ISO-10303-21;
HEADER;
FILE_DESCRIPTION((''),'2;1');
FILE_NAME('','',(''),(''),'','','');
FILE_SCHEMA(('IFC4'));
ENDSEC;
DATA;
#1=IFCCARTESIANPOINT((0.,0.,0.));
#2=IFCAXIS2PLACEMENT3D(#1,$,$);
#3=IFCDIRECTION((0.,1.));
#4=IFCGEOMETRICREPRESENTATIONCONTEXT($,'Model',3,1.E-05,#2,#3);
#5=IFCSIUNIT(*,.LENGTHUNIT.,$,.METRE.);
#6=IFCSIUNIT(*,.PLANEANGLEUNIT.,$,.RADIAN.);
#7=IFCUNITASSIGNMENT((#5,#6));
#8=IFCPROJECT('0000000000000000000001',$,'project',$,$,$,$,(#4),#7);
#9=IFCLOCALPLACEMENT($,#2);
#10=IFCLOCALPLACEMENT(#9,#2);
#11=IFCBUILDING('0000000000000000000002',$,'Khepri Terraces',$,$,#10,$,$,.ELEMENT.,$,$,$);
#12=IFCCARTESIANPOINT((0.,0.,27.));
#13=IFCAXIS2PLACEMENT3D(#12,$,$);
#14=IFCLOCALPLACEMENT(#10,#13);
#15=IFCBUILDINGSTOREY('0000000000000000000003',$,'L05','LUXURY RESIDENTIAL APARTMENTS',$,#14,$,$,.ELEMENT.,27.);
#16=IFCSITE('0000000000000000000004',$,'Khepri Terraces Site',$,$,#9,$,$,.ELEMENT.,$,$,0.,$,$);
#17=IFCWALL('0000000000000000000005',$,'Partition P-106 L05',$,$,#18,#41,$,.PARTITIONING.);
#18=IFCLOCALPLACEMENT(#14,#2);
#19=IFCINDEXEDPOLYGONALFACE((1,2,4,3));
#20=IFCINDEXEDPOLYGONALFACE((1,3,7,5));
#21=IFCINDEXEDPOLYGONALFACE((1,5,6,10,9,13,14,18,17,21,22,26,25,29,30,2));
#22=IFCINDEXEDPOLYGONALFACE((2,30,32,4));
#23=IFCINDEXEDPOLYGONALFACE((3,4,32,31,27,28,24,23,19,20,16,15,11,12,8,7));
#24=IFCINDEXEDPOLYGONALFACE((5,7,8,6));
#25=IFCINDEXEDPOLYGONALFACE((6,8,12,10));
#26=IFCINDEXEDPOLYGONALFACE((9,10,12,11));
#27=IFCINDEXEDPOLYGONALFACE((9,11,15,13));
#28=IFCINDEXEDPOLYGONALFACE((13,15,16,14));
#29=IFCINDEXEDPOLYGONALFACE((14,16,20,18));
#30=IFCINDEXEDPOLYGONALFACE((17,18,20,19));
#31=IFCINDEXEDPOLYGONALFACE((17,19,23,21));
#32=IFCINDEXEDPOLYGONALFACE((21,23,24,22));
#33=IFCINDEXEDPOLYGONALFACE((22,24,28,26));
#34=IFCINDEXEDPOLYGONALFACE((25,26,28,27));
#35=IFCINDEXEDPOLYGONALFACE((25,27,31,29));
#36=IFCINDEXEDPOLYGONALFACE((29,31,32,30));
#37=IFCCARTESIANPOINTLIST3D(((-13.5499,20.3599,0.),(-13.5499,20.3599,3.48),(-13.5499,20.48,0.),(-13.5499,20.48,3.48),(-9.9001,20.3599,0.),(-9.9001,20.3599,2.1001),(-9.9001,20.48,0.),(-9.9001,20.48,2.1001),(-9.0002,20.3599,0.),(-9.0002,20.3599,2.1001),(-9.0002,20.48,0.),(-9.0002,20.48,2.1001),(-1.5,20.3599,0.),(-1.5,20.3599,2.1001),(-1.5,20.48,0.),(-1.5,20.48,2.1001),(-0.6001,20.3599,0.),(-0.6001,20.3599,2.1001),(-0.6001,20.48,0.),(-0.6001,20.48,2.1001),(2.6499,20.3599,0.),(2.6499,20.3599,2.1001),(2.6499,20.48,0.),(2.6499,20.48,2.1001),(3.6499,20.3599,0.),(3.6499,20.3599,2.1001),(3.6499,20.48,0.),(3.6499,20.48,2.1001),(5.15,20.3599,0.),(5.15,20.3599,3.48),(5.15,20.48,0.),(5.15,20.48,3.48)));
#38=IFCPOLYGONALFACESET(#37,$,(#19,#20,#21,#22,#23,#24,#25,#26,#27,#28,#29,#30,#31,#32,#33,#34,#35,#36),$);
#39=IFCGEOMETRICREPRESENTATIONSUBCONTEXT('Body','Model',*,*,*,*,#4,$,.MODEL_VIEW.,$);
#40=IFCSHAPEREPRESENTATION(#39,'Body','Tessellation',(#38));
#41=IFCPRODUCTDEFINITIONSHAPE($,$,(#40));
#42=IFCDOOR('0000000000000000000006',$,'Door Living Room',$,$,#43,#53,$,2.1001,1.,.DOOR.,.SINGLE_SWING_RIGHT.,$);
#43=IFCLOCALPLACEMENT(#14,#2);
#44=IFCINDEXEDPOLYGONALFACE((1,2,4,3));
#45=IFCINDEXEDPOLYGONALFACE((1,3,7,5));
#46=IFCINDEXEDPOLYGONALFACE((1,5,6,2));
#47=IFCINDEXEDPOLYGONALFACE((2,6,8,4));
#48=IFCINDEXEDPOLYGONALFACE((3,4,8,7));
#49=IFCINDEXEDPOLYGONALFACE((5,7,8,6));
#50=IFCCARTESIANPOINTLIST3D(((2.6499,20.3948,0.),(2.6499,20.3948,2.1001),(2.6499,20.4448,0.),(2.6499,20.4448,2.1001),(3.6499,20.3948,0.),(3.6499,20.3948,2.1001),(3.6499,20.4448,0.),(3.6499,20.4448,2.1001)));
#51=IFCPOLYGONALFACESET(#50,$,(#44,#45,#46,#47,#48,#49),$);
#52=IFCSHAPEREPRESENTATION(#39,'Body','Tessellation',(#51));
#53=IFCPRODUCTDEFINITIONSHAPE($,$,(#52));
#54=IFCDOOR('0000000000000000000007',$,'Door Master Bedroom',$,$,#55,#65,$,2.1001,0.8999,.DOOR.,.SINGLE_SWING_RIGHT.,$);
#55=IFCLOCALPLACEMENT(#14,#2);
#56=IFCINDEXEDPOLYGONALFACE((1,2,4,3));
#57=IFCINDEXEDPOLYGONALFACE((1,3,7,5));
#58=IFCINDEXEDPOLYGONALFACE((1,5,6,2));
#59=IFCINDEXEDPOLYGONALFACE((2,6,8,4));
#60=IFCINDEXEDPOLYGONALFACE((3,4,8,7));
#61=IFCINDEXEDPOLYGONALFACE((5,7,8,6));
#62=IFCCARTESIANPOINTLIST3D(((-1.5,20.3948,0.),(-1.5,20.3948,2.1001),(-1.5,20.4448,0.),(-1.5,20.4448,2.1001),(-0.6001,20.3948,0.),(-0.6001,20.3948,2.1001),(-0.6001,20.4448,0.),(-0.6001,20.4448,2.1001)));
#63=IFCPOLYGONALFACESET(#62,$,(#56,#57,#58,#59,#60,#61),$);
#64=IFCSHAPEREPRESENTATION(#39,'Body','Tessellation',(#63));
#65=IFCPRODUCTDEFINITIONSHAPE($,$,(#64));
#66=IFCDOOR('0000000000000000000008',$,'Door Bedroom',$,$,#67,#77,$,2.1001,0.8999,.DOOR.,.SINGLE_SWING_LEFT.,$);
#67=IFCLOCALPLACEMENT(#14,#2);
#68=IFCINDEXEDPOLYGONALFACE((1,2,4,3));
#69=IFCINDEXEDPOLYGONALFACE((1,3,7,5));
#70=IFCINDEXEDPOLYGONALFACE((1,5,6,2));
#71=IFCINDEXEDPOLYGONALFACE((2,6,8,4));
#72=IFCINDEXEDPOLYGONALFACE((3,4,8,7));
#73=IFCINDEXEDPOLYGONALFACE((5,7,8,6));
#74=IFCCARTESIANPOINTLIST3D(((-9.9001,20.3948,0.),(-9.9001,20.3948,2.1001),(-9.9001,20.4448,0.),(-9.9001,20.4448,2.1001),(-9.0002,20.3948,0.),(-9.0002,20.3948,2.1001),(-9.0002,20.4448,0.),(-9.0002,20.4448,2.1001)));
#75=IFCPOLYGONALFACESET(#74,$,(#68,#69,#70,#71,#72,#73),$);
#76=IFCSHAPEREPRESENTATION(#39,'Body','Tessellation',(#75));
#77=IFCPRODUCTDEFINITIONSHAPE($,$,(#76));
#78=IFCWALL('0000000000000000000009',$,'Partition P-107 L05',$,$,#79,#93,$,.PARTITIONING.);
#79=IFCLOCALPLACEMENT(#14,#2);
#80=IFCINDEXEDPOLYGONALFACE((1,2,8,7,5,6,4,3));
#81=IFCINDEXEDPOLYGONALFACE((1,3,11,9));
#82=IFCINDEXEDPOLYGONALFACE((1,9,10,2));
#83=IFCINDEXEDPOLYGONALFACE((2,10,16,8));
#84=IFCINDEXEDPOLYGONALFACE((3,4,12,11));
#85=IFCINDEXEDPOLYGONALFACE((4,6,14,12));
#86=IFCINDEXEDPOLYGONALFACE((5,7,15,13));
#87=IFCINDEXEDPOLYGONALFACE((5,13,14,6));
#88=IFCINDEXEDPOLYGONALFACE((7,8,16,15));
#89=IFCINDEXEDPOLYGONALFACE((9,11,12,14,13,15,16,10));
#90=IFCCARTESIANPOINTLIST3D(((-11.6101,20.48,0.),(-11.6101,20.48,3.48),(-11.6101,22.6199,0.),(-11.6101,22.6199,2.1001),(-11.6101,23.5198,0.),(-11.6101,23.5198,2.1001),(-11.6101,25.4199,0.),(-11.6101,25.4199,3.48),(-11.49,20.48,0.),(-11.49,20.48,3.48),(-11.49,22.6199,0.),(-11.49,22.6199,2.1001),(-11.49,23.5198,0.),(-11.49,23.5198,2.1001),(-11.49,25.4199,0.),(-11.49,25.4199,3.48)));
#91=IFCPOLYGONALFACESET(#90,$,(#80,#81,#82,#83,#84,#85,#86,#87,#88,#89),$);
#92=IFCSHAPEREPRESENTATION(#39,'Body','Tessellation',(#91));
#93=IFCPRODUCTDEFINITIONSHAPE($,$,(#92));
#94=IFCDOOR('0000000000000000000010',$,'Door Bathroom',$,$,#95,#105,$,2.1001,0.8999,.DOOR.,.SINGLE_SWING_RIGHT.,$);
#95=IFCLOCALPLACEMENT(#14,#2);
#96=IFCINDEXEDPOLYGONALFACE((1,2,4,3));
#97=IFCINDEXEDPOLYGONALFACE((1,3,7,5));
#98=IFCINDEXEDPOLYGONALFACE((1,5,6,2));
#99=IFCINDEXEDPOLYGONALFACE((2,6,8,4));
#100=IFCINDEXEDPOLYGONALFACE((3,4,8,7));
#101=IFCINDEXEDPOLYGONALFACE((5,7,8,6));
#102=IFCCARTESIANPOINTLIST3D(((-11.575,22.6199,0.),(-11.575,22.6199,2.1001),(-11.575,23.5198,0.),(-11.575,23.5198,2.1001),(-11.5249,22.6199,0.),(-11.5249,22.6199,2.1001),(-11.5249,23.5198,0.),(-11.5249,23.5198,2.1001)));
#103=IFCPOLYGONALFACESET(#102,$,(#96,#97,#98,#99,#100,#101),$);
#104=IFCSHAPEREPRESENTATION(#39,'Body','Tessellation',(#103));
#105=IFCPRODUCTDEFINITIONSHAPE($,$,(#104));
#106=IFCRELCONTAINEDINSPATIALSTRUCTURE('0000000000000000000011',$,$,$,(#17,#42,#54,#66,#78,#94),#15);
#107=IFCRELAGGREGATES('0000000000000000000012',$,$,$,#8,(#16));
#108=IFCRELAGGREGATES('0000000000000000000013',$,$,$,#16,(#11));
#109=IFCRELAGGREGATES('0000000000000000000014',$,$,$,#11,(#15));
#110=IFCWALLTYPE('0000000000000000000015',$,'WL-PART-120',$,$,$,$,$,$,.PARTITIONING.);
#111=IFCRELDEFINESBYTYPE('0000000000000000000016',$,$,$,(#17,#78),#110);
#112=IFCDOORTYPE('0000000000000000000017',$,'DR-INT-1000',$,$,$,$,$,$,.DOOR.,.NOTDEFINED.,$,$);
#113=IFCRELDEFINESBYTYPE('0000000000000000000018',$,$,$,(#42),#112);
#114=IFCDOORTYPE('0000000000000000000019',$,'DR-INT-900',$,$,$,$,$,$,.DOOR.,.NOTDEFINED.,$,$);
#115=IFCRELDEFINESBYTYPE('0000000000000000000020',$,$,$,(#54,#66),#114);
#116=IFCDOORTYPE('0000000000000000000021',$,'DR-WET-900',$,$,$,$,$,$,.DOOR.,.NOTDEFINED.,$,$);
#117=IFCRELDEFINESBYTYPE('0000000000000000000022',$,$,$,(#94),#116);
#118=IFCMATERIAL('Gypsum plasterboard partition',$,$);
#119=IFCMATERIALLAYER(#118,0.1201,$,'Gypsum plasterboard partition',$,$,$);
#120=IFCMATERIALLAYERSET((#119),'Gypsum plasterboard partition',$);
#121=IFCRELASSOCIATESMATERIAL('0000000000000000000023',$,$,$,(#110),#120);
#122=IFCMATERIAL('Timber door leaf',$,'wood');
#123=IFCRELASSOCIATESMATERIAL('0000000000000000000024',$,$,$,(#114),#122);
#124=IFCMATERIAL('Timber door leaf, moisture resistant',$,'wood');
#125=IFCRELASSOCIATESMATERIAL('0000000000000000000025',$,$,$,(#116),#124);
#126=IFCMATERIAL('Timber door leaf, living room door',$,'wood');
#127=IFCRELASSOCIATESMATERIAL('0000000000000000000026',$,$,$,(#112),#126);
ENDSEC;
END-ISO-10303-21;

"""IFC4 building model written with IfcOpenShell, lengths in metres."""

from ifc_helpers import new_model, si_unit, direction, frame, frame_2d, origin, place, context, subcontext, project, spatial, rectangle, extrude, material, layer, layer_set, type_object, element, fill, save


model = new_model("IFC4")

# Units and contexts
model_context = context("Model", 3, precision=1e-05, world=origin(), true_north=direction((0.0, 1.0)))
body_context = subcontext(model_context, "Body", "Model", "MODEL_VIEW")
ifc_project = project(units=[si_unit("LENGTHUNIT", "METRE"), si_unit("PLANEANGLEUNIT", "RADIAN")], contexts=[model_context])

# Site, building, storey
site_placement = place(None, origin())
site = spatial("IfcSite", under=ifc_project, at=site_placement, Name="Khepri Terraces Site", CompositionType="ELEMENT", RefElevation=0.0)
building_placement = place(site_placement, origin())
building = spatial("IfcBuilding", under=site, at=building_placement, Name="Khepri Terraces", CompositionType="ELEMENT")
storey_placement = place(building_placement, frame((0.0, 0.0, 27.0)))
storey = spatial("IfcBuildingStorey", under=building, at=storey_placement, Name="L05", Description="LUXURY RESIDENTIAL APARTMENTS", CompositionType="ELEMENT", Elevation=27.0)

# Wall, openings, doors
ifc_material_1 = material(Name="Gypsum plasterboard partition")
ifc_layer_1 = layer(ifc_material_1, 0.1201, Name="Gypsum plasterboard partition")
ifc_layer_set_1 = layer_set([ifc_layer_1], Name="Gypsum plasterboard partition")
wall_type_1 = type_object("IfcWallType", Name="WL-PART-120", PredefinedType="PARTITIONING", material=ifc_layer_set_1)
ifc_material_2 = material(Name="Timber door leaf", Category="wood")
door_type_1 = type_object("IfcDoorType", Name="DR-INT-900", OperationType="NOTDEFINED", PredefinedType="DOOR", material=ifc_material_2)
ifc_material_3 = material(Name="Timber door leaf, moisture resistant", Category="wood")
door_type_2 = type_object("IfcDoorType", Name="DR-WET-900", OperationType="NOTDEFINED", PredefinedType="DOOR", material=ifc_material_3)
wall_1_placement = place(storey_placement, frame((-13.55, 20.4199, 0.0), z_axis=(0.0, 0.0, 1.0), x_axis=(1.0, 0.0, 0.0)))
wall_1 = element("IfcWall", 1, at=wall_1_placement, inside=storey, type_object=wall_type_1, Name="Partition P-106 L05", PredefinedType="PARTITIONING", context=body_context, shape_type="SweptSolid", body=[
    extrude(rectangle(XDim=18.7, YDim=0.1201, at=frame_2d((9.3501, 0.0))), origin(), (0.0, 0.0, 1.0), 3.48),
])
opening_1_placement = place(wall_1_placement, frame((16.2, 0.0, 0.0)))
opening_1 = element("IfcOpeningElement", 2, at=opening_1_placement, cuts=wall_1, PredefinedType="OPENING", context=body_context, shape_type="SweptSolid", body=[
    extrude(rectangle(XDim=1.0, YDim=2.1001, at=frame_2d((0.5, 1.05))), frame((0.0, 0.0701, 0.0), z_axis=(0.0, -1.0, 0.0), x_axis=(1.0, 0.0, 0.0)), (0.0, 0.0, 1.0), 0.1401),
])
opening_2_placement = place(wall_1_placement, frame((12.05, 0.0, 0.0)))
opening_2 = element("IfcOpeningElement", 3, at=opening_2_placement, cuts=wall_1, PredefinedType="OPENING", context=body_context, shape_type="SweptSolid", body=[
    extrude(rectangle(XDim=0.8999, YDim=2.1001, at=frame_2d((0.45, 1.05))), frame((0.0, 0.0701, 0.0), z_axis=(0.0, -1.0, 0.0), x_axis=(1.0, 0.0, 0.0)), (0.0, 0.0, 1.0), 0.1401),
])
opening_3_placement = place(wall_1_placement, frame((3.6499, 0.0, 0.0)))
opening_3 = element("IfcOpeningElement", 4, at=opening_3_placement, cuts=wall_1, PredefinedType="OPENING", context=body_context, shape_type="SweptSolid", body=[
    extrude(rectangle(XDim=0.8999, YDim=2.1001, at=frame_2d((0.45, 1.05))), frame((0.0, 0.0701, 0.0), z_axis=(0.0, -1.0, 0.0), x_axis=(1.0, 0.0, 0.0)), (0.0, 0.0, 1.0), 0.1401),
])
ifc_material_4 = material(Name="Timber door leaf, living room door", Category="wood")
door_type_3 = type_object("IfcDoorType", Name="DR-INT-1000", OperationType="NOTDEFINED", PredefinedType="DOOR", material=ifc_material_4)
door_1_placement = place(opening_1_placement, origin())
door_1 = element("IfcDoor", 5, at=door_1_placement, inside=storey, type_object=door_type_3, Name="Door Living Room", OperationType="SINGLE_SWING_RIGHT", OverallHeight=2.1001, OverallWidth=1.0, PredefinedType="DOOR", context=body_context, shape_type="SweptSolid", body=[
    extrude(rectangle(XDim=1.0, YDim=2.1001, at=frame_2d((0.5, 1.05))), frame((0.0, 0.0249, 0.0), z_axis=(0.0, -1.0, 0.0), x_axis=(1.0, 0.0, 0.0)), (0.0, 0.0, 1.0), 0.05),
])
fill(opening_1, door_1)
door_2_placement = place(opening_2_placement, origin())
door_2 = element("IfcDoor", 6, at=door_2_placement, inside=storey, type_object=door_type_1, Name="Door Master Bedroom", OperationType="SINGLE_SWING_RIGHT", OverallHeight=2.1001, OverallWidth=0.8999, PredefinedType="DOOR", context=body_context, shape_type="SweptSolid", body=[
    extrude(rectangle(XDim=0.8999, YDim=2.1001, at=frame_2d((0.45, 1.05))), frame((0.0, 0.0249, 0.0), z_axis=(0.0, -1.0, 0.0), x_axis=(1.0, 0.0, 0.0)), (0.0, 0.0, 1.0), 0.05),
])
fill(opening_2, door_2)
door_3_placement = place(opening_3_placement, origin())
door_3 = element("IfcDoor", 7, at=door_3_placement, inside=storey, type_object=door_type_1, Name="Door Bedroom", OperationType="SINGLE_SWING_LEFT", OverallHeight=2.1001, OverallWidth=0.8999, PredefinedType="DOOR", context=body_context, shape_type="SweptSolid", body=[
    extrude(rectangle(XDim=0.8999, YDim=2.1001, at=frame_2d((0.45, 1.05))), frame((0.0, 0.0249, 0.0), z_axis=(0.0, -1.0, 0.0), x_axis=(1.0, 0.0, 0.0)), (0.0, 0.0, 1.0), 0.05),
])
fill(opening_3, door_3)

# Wall, opening, door
wall_2_placement = place(storey_placement, frame((-11.55, 20.48, 0.0), z_axis=(0.0, 0.0, 1.0), x_axis=(0.0, 1.0, 0.0)))
wall_2 = element("IfcWall", 8, at=wall_2_placement, inside=storey, type_object=wall_type_1, Name="Partition P-107 L05", PredefinedType="PARTITIONING", context=body_context, shape_type="SweptSolid", body=[
    extrude(rectangle(XDim=4.9399, YDim=0.1201, at=frame_2d((2.47, 0.0))), origin(), (0.0, 0.0, 1.0), 3.48),
])
opening_4_placement = place(wall_2_placement, frame((2.1399, 0.0, 0.0)))
opening_4 = element("IfcOpeningElement", 9, at=opening_4_placement, cuts=wall_2, PredefinedType="OPENING", context=body_context, shape_type="SweptSolid", body=[
    extrude(rectangle(XDim=0.8999, YDim=2.1001, at=frame_2d((0.45, 1.05))), frame((0.0, 0.0701, 0.0), z_axis=(0.0, -1.0, 0.0), x_axis=(1.0, 0.0, 0.0)), (0.0, 0.0, 1.0), 0.1401),
])
door_4_placement = place(opening_4_placement, origin())
door_4 = element("IfcDoor", 10, at=door_4_placement, inside=storey, type_object=door_type_2, Name="Door Bathroom", OperationType="SINGLE_SWING_RIGHT", OverallHeight=2.1001, OverallWidth=0.8999, PredefinedType="DOOR", context=body_context, shape_type="SweptSolid", body=[
    extrude(rectangle(XDim=0.8999, YDim=2.1001, at=frame_2d((0.45, 1.05))), frame((0.0, 0.0249, 0.0), z_axis=(0.0, -1.0, 0.0), x_axis=(1.0, 0.0, 0.0)), (0.0, 0.0, 1.0), 0.05),
])
fill(opening_4, door_4)

save(model, "model.ifc")
